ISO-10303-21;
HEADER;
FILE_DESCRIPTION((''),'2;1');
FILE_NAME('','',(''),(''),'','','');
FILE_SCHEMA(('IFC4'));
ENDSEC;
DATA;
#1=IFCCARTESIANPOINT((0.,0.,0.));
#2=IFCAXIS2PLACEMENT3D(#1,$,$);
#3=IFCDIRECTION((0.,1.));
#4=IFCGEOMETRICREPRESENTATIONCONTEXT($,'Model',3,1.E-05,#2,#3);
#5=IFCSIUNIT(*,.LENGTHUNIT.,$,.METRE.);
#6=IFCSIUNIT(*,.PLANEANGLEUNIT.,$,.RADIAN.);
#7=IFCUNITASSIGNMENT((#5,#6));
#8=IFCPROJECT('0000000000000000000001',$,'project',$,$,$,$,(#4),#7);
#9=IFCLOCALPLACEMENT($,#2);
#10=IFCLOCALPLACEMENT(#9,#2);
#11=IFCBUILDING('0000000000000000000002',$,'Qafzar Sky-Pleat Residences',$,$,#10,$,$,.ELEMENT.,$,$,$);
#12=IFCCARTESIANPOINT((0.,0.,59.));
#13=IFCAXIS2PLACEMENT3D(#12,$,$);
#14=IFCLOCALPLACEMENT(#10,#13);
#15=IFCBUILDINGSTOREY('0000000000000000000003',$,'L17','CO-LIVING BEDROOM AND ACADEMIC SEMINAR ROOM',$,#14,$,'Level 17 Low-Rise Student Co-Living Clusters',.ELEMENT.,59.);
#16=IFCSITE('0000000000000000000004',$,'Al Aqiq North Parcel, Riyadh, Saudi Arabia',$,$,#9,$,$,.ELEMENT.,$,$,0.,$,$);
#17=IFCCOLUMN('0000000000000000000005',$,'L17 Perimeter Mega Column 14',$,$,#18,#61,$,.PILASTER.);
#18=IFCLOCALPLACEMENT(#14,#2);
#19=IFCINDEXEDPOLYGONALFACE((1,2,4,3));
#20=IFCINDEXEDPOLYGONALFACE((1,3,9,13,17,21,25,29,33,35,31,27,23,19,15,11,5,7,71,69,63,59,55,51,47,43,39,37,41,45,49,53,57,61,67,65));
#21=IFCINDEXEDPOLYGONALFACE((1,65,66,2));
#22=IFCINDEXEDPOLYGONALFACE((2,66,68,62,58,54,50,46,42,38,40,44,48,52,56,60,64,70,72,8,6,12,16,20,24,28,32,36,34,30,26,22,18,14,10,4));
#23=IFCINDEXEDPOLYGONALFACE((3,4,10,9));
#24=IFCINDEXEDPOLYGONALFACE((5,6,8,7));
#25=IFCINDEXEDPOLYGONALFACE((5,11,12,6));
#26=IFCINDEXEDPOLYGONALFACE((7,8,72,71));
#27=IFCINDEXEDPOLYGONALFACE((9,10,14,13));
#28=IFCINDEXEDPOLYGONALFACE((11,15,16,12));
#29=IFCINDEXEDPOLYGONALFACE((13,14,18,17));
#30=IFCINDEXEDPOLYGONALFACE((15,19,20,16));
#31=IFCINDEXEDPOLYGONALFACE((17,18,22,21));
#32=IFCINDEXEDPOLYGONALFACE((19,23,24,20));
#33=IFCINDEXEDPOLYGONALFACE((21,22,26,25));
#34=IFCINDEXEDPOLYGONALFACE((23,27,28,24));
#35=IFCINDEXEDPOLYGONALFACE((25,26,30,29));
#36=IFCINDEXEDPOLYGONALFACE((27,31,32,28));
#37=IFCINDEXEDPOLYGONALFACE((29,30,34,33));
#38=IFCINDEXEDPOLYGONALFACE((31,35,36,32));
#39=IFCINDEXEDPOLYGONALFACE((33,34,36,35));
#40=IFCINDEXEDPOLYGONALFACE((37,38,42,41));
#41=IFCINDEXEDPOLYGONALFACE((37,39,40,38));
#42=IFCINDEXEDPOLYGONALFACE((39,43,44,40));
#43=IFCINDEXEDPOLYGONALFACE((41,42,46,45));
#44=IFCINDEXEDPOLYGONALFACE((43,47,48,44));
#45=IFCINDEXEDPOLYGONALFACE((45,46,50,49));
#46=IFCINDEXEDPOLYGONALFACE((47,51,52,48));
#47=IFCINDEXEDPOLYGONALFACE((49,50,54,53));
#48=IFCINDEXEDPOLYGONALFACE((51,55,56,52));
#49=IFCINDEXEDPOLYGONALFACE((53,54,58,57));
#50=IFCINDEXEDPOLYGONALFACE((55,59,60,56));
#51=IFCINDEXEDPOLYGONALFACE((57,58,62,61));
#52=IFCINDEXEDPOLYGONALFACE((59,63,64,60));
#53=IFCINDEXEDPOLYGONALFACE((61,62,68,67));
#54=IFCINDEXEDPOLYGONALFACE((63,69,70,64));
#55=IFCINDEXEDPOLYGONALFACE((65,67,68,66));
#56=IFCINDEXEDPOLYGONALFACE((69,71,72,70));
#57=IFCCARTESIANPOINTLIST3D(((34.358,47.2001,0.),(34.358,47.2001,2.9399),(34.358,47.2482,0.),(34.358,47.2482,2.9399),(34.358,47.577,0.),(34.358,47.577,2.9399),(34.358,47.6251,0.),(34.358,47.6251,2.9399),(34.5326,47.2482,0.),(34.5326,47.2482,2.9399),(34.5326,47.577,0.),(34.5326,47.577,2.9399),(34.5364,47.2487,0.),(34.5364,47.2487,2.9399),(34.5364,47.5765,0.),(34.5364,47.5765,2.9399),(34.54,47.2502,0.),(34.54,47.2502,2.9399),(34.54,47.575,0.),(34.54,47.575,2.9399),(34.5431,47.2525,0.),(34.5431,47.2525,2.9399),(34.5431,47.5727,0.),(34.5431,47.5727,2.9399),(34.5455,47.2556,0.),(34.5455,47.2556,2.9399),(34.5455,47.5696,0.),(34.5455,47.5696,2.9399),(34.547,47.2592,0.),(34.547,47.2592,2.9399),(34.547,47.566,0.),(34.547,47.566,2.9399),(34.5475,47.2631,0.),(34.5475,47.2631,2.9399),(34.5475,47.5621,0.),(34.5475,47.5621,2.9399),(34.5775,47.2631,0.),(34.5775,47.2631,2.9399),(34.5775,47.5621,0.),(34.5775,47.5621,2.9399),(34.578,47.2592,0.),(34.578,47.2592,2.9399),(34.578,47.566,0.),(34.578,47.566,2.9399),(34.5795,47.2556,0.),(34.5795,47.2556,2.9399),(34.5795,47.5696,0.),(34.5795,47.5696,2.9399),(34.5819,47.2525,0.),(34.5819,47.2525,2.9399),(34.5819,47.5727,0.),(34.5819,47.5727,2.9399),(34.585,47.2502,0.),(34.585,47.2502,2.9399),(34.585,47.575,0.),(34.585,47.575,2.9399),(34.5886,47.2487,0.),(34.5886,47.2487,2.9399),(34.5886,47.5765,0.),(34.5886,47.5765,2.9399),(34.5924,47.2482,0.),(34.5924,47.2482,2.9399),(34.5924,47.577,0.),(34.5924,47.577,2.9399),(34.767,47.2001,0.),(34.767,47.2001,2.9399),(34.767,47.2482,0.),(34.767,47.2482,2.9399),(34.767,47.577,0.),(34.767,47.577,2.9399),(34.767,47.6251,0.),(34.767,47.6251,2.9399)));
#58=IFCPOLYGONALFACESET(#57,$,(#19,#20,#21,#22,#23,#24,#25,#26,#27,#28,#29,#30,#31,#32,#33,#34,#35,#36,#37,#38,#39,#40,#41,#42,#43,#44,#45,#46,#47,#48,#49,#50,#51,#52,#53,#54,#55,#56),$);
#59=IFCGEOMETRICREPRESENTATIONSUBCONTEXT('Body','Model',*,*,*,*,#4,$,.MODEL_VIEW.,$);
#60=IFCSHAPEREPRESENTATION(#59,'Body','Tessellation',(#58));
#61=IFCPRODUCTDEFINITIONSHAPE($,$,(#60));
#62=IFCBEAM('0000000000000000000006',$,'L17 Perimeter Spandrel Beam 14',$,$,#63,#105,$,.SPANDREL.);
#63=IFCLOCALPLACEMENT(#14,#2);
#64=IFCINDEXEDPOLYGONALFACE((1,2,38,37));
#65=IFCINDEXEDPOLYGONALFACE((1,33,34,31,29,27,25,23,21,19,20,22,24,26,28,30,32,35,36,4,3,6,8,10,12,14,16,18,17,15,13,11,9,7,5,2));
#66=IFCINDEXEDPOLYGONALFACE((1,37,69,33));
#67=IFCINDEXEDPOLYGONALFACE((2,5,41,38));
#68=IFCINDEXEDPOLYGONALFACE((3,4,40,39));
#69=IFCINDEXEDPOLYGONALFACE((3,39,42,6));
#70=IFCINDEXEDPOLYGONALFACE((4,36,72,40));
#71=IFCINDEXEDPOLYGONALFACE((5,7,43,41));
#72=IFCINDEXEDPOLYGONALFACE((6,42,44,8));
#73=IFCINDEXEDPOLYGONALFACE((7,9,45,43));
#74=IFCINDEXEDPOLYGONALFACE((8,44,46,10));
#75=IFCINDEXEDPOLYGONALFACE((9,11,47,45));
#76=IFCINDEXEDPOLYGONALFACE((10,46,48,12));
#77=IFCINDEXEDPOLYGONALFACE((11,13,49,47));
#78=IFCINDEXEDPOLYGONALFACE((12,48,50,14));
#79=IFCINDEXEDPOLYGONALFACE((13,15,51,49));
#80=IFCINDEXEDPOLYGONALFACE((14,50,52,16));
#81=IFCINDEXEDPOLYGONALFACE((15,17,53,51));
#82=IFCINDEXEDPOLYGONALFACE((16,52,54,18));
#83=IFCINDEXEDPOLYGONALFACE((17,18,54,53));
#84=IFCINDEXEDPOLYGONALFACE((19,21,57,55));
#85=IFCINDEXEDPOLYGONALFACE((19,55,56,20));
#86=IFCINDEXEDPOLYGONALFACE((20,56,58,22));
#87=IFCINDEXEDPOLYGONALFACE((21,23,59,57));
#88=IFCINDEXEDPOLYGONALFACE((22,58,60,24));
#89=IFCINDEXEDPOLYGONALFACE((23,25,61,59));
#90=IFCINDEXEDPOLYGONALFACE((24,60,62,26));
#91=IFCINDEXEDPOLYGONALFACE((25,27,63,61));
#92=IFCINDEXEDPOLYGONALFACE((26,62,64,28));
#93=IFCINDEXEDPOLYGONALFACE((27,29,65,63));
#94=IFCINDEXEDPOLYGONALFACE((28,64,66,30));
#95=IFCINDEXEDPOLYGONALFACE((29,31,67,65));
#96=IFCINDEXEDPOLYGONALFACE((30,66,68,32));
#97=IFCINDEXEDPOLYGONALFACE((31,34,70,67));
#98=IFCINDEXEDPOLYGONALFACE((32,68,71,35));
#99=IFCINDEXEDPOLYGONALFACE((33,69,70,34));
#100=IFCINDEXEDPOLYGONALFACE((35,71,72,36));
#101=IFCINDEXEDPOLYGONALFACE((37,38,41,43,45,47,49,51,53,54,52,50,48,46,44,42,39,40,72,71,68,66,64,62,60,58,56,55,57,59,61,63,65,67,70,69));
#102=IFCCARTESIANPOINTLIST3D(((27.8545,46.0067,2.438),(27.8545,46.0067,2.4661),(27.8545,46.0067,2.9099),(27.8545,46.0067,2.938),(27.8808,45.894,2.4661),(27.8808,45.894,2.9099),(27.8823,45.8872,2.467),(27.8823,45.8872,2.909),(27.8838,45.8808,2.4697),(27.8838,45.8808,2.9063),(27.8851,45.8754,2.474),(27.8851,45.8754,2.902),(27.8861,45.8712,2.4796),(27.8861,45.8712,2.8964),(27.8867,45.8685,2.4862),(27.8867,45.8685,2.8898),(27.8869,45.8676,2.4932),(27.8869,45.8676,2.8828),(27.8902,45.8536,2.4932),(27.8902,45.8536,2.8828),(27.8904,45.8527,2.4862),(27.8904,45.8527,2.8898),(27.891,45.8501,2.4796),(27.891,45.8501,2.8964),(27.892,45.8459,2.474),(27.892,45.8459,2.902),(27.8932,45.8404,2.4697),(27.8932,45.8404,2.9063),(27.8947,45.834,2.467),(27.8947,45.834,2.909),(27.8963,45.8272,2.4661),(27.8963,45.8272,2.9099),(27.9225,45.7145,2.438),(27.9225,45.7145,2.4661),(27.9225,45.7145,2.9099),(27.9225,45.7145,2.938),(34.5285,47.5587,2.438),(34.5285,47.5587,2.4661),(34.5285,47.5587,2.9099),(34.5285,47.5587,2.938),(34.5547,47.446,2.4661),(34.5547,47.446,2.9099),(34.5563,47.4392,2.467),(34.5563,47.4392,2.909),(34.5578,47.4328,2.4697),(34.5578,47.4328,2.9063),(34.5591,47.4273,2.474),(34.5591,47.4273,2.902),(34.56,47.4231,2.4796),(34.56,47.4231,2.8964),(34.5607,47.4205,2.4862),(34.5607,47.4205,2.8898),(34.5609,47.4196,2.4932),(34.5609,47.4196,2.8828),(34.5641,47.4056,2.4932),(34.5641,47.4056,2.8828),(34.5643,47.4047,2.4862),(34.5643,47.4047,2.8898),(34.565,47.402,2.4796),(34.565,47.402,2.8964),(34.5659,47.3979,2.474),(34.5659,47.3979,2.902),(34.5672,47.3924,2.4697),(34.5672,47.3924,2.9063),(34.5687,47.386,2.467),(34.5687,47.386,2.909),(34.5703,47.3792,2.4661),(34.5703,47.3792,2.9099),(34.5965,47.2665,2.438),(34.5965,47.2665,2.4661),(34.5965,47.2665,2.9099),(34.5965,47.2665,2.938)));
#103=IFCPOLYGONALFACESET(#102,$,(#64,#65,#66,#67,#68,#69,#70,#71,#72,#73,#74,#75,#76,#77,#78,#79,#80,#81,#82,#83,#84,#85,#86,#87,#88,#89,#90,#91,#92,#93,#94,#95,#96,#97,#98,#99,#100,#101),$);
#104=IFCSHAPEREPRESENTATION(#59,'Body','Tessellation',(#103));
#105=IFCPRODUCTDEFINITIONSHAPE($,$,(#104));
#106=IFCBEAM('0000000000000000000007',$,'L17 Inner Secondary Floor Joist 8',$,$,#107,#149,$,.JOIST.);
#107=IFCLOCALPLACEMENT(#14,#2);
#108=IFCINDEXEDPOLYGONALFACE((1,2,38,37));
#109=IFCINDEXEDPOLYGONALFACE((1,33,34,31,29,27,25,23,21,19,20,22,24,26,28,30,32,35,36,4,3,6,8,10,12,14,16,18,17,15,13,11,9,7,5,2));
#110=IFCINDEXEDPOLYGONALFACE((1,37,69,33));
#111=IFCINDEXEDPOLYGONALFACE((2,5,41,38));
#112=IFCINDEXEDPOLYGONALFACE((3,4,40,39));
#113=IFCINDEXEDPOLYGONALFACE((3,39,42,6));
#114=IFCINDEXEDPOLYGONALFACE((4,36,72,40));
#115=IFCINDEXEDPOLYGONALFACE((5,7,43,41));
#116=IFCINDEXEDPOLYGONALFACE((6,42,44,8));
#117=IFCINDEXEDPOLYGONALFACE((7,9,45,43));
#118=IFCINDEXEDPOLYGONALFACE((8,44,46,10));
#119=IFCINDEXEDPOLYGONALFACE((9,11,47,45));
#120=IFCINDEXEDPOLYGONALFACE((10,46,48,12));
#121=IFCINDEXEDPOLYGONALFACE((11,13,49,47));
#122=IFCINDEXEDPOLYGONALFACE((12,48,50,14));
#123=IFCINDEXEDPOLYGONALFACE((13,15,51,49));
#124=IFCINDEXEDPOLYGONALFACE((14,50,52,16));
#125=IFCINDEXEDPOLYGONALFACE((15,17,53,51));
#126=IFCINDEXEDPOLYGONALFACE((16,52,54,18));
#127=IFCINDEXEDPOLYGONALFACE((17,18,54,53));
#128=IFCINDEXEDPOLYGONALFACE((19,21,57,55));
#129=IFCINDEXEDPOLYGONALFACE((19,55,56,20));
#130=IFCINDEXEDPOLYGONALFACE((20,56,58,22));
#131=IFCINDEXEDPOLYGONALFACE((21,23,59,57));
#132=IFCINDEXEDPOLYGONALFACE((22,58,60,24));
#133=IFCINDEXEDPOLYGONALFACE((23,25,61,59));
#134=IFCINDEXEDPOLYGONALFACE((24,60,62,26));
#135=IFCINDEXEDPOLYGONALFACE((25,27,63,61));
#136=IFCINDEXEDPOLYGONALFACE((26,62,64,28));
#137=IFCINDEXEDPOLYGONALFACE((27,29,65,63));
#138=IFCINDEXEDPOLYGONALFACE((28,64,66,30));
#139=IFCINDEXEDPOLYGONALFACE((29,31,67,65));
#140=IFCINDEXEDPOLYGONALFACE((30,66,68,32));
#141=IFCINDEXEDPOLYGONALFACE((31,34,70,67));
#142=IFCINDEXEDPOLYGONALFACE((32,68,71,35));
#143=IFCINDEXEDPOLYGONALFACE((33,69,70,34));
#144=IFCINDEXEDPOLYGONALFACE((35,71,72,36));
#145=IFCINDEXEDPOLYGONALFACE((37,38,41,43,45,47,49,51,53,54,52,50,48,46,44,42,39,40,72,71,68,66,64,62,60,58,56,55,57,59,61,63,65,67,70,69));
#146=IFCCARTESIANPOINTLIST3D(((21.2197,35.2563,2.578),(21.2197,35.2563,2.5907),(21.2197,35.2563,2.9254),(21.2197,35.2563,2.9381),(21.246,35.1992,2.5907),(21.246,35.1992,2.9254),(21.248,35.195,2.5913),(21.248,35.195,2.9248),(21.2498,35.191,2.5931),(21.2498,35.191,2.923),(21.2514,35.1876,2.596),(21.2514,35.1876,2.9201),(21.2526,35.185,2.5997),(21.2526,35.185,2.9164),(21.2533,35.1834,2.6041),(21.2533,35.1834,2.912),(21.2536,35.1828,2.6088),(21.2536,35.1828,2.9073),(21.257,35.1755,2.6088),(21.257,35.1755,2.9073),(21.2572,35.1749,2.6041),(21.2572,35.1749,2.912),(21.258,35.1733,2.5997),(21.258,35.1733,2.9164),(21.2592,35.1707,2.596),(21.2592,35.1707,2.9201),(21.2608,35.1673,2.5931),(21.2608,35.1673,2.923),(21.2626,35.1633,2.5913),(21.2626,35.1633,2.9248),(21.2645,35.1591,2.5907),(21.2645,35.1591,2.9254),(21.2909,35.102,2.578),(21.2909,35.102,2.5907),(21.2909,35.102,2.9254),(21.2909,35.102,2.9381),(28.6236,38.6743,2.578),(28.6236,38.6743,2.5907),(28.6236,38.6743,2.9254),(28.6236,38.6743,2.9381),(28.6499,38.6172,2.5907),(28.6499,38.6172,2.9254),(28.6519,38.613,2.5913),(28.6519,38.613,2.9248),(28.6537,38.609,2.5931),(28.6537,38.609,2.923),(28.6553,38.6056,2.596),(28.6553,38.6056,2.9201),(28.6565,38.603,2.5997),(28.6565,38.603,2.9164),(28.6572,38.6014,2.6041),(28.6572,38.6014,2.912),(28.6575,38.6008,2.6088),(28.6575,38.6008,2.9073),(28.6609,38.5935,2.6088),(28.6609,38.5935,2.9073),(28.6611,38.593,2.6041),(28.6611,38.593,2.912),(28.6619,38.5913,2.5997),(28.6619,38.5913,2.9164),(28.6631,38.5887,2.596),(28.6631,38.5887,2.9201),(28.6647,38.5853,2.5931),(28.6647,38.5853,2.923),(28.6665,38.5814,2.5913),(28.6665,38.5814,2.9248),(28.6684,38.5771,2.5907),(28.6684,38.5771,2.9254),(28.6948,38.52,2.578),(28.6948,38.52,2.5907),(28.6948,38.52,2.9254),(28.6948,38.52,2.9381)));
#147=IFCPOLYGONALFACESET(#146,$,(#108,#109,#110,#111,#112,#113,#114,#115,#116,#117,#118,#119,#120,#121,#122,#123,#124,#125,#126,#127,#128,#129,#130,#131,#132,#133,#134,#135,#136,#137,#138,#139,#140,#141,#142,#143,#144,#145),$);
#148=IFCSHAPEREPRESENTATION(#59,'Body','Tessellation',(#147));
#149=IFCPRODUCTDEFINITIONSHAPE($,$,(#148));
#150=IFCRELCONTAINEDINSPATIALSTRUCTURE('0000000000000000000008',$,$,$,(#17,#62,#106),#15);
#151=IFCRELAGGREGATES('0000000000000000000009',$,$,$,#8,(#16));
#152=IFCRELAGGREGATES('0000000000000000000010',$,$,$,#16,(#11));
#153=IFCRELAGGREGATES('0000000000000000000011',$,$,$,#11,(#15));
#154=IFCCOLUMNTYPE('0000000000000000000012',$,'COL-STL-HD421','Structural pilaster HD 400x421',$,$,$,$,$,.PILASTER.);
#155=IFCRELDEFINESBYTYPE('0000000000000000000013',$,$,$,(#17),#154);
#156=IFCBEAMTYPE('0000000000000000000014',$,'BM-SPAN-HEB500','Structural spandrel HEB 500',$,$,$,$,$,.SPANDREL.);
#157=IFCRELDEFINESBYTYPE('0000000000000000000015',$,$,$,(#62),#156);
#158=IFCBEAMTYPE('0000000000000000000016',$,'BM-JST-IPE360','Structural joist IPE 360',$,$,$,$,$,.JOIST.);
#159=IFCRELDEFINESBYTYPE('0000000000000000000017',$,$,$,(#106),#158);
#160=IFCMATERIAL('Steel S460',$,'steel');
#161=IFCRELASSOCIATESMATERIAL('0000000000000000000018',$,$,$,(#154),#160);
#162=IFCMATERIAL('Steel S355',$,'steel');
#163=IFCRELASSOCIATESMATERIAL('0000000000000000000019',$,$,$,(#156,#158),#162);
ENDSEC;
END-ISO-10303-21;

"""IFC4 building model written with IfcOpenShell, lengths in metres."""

from ifc_helpers import new_model, si_unit, direction, frame, origin, origin_2d, place, context, subcontext, project, spatial, i_section, extrude, source, transform, mapped, material, material_profile, profile_set, type_object, element, save


model = new_model("IFC4")

# Units and contexts
model_context = context("Model", 3, precision=1e-05, world=origin(), true_north=direction((0.0, 1.0)))
body_context = subcontext(model_context, "Body", "Model", "MODEL_VIEW")
ifc_project = project(units=[si_unit("LENGTHUNIT", "METRE"), si_unit("PLANEANGLEUNIT", "RADIAN")], contexts=[model_context])

# Site, building, storey
site_placement = place(None, origin())
site = spatial("IfcSite", under=ifc_project, at=site_placement, Name="Al Aqiq North Parcel, Riyadh, Saudi Arabia", CompositionType="ELEMENT", RefElevation=0.0)
building_placement = place(site_placement, origin())
building = spatial("IfcBuilding", under=site, at=building_placement, Name="Qafzar Sky-Pleat Residences", CompositionType="ELEMENT")
storey_placement = place(building_placement, frame((0.0, 0.0, 59.0)))
storey = spatial("IfcBuildingStorey", under=building, at=storey_placement, Name="L17", Description="CO-LIVING BEDROOM AND ACADEMIC SEMINAR ROOM", LongName="Level 17 Low-Rise Student Co-Living Clusters", CompositionType="ELEMENT", Elevation=59.0)

# Column
ifc_material_1 = material(Name="Steel S460", Category="steel")
ifc_material_profile_1 = material_profile(ifc_material_1, i_section(OverallWidth=0.4089, OverallDepth=0.425, WebThickness=0.03, FlangeThickness=0.0481, FilletRadius=0.0149, at=origin_2d()), Name="HD 400x421")
ifc_profile_set_1 = profile_set([ifc_material_profile_1], Name="Steel S460")
column_type = type_object("IfcColumnType", Name="COL-STL-HD421", Description="Structural pilaster HD 400x421", PredefinedType="PILASTER", material=ifc_profile_set_1)
shared_shape_1 = source(origin(), body_context, "Body", "SweptSolid", [
    extrude(i_section(OverallWidth=0.4089, OverallDepth=0.425, WebThickness=0.03, FlangeThickness=0.0481, FilletRadius=0.0149, at=origin_2d()), origin(), (0.0, 0.0, 1.0), 2.9399),
])
column_placement = place(storey_placement, frame((34.5625, 47.4126, 0.0), z_axis=(0.0, 0.0, 1.0), x_axis=(1.0, 0.0, 0.0)))
element("IfcColumn", 1, at=column_placement, inside=storey, type_object=column_type, Name="L17 Perimeter Mega Column 14", PredefinedType="PILASTER", context=body_context, shape_type="MappedRepresentation", body=[
    mapped(shared_shape_1, transform((0.0, 0.0, 0.0), x_axis=(1.0, 0.0, 0.0), y_axis=(0.0, 1.0, 0.0), z_axis=(0.0, 0.0, 1.0), scale=1.0)),
])

# Beams
ifc_material_2 = material(Name="Steel S355", Category="steel")
ifc_material_profile_2 = material_profile(ifc_material_2, i_section(OverallWidth=0.3, OverallDepth=0.5, WebThickness=0.0144, FlangeThickness=0.0281, FilletRadius=0.0271, at=origin_2d()), Name="HEB 500")
ifc_profile_set_2 = profile_set([ifc_material_profile_2], Name="Steel S355")
beam_type_1 = type_object("IfcBeamType", Name="BM-SPAN-HEB500", Description="Structural spandrel HEB 500", PredefinedType="SPANDREL", material=ifc_profile_set_2)
shared_shape_2 = source(origin(), body_context, "Body", "SweptSolid", [
    extrude(i_section(OverallWidth=0.3, OverallDepth=0.5, WebThickness=0.0144, FlangeThickness=0.0281, FilletRadius=0.0271, at=origin_2d()), origin(), (0.0, 0.0, 1.0), 6.8521),
])
beam_1_placement = place(storey_placement, frame((34.5625, 47.4126, 2.688), z_axis=(-0.974012, -0.226499, 0.0), x_axis=(0.226499, -0.974012, 0.0)))
element("IfcBeam", 2, at=beam_1_placement, inside=storey, type_object=beam_type_1, Name="L17 Perimeter Spandrel Beam 14", PredefinedType="SPANDREL", context=body_context, shape_type="MappedRepresentation", body=[
    mapped(shared_shape_2, transform((0.0, 0.0, 0.0), x_axis=(1.0, 0.0, 0.0), y_axis=(0.0, 1.0, 0.0), z_axis=(0.0, 0.0, 1.0), scale=1.0)),
])
ifc_material_profile_3 = material_profile(ifc_material_2, i_section(OverallWidth=0.1699, OverallDepth=0.3601, WebThickness=0.0081, FlangeThickness=0.0127, FilletRadius=0.0181, at=origin_2d()), Name="IPE 360")
ifc_profile_set_3 = profile_set([ifc_material_profile_3], Name="Steel S355")
beam_type_2 = type_object("IfcBeamType", Name="BM-JST-IPE360", Description="Structural joist IPE 360", PredefinedType="JOIST", material=ifc_profile_set_3)
shared_shape_3 = source(origin(), body_context, "Body", "SweptSolid", [
    extrude(i_section(OverallWidth=0.1699, OverallDepth=0.3601, WebThickness=0.0081, FlangeThickness=0.0127, FilletRadius=0.0181, at=origin_2d()), origin(), (0.0, 0.0, 1.0), 8.1548),
])
beam_2_placement = place(storey_placement, frame((28.6592, 38.5972, 2.7581), z_axis=(-0.907921, -0.419142, 0.0), x_axis=(0.419142, -0.907921, 0.0)))
element("IfcBeam", 3, at=beam_2_placement, inside=storey, type_object=beam_type_2, Name="L17 Inner Secondary Floor Joist 8", PredefinedType="JOIST", context=body_context, shape_type="MappedRepresentation", body=[
    mapped(shared_shape_3, transform((0.0, 0.0, 0.0), x_axis=(1.0, 0.0, 0.0), y_axis=(0.0, 1.0, 0.0), z_axis=(0.0, 0.0, 1.0), scale=1.0)),
])

save(model, "model.ifc")
